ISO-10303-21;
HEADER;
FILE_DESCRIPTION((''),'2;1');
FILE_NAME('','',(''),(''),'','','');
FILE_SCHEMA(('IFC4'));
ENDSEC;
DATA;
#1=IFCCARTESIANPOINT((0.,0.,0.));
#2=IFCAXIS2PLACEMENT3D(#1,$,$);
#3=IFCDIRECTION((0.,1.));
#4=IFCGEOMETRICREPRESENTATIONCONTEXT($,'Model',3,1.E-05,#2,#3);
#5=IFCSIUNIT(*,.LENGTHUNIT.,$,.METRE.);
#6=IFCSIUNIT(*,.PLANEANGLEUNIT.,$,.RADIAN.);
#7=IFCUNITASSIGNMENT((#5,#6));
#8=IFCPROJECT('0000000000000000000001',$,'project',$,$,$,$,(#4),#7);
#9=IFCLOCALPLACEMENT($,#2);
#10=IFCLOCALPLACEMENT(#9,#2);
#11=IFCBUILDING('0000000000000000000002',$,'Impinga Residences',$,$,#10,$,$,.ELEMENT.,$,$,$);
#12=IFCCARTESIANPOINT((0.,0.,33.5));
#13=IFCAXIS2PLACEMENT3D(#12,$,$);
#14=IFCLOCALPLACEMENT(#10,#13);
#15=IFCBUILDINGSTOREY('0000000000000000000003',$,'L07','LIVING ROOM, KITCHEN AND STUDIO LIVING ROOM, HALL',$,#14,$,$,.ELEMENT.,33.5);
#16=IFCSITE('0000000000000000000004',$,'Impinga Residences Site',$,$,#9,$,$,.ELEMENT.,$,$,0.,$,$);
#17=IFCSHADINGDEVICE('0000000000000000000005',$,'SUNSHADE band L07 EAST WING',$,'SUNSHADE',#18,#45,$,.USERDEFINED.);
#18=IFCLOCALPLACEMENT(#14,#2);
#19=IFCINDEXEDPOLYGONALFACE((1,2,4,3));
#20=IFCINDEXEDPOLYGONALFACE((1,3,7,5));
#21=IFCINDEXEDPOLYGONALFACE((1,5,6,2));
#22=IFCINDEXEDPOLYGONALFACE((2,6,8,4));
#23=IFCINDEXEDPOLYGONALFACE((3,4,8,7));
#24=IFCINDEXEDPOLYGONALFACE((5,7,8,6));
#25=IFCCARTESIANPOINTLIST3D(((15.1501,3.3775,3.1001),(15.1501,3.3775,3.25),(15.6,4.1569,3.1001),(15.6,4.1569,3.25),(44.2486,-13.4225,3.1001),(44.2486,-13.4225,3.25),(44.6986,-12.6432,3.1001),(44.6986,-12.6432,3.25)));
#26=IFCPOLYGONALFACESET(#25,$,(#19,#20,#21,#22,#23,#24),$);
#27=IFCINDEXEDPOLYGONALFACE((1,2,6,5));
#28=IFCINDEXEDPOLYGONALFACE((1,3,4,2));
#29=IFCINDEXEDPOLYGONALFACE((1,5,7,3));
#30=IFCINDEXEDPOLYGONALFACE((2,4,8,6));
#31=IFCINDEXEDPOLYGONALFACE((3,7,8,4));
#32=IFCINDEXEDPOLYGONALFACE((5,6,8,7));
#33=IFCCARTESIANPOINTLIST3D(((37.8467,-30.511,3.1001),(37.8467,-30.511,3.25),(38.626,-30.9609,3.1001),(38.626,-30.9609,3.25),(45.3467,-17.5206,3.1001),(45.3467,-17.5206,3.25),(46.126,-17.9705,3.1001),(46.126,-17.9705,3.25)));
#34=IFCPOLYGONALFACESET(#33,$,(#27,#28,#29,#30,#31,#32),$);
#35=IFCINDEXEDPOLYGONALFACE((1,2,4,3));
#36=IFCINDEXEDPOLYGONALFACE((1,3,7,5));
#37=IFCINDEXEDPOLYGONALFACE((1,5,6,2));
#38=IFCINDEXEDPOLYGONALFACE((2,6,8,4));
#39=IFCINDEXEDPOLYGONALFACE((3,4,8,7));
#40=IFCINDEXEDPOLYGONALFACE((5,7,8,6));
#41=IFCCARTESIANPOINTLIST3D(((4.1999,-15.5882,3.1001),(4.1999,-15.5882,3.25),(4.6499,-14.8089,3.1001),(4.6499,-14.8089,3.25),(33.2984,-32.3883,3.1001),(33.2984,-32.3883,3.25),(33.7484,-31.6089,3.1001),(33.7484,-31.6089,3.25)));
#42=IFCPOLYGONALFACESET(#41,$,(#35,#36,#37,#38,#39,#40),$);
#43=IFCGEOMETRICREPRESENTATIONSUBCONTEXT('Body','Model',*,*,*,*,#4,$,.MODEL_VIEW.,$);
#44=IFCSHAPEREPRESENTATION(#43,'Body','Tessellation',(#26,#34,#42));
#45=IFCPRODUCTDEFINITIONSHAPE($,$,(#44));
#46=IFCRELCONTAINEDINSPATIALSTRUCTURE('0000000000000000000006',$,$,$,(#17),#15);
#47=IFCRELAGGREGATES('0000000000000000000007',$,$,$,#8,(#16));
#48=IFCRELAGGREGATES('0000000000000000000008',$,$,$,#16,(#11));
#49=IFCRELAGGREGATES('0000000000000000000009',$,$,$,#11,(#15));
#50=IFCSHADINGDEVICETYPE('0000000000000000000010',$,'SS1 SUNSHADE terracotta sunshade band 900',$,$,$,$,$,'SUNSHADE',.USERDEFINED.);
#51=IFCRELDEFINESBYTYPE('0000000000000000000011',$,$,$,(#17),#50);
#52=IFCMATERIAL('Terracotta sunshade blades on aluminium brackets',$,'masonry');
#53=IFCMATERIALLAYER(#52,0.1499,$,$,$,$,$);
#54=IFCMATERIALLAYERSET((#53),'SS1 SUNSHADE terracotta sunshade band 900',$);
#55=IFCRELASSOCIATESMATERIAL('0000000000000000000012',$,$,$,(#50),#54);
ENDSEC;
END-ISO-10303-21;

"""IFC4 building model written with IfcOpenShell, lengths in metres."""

from ifc_helpers import new_model, si_unit, direction, frame, origin, origin_2d, place, context, subcontext, project, spatial, rectangle, extrude, material, layer, layer_set, type_object, element, save


model = new_model("IFC4")

# Units and contexts
model_context = context("Model", 3, precision=1e-05, world=origin(), true_north=direction((0.0, 1.0)))
body_context = subcontext(model_context, "Body", "Model", "MODEL_VIEW")
ifc_project = project(units=[si_unit("LENGTHUNIT", "METRE"), si_unit("PLANEANGLEUNIT", "RADIAN")], contexts=[model_context])

# Site, building, storey
site_placement = place(None, origin())
site = spatial("IfcSite", under=ifc_project, at=site_placement, Name="Impinga Residences Site", CompositionType="ELEMENT", RefElevation=0.0)
building_placement = place(site_placement, origin())
building = spatial("IfcBuilding", under=site, at=building_placement, Name="Impinga Residences", CompositionType="ELEMENT")
storey_placement = place(building_placement, frame((0.0, 0.0, 33.5)))
storey = spatial("IfcBuildingStorey", under=building, at=storey_placement, Name="L07", Description="LIVING ROOM, KITCHEN AND STUDIO LIVING ROOM, HALL", CompositionType="ELEMENT", Elevation=33.5)

# Shading device
ifc_material_1 = material(Name="Terracotta sunshade blades on aluminium brackets", Category="masonry")
ifc_layer_1 = layer(ifc_material_1, 0.1499)
ifc_layer_set_1 = layer_set([ifc_layer_1], Name="SS1 SUNSHADE terracotta sunshade band 900")
shading_device_type = type_object("IfcShadingDeviceType", Name="SS1 SUNSHADE terracotta sunshade band 900", ElementType="SUNSHADE", PredefinedType="USERDEFINED", material=ifc_layer_set_1)
shading_device_placement = place(storey_placement, frame((29.9243, -4.6328, 3.1001), z_axis=(0.0, 0.0, 1.0), x_axis=(0.866025, -0.5, 0.0)))
element("IfcShadingDevice", 1, at=shading_device_placement, inside=storey, type_object=shading_device_type, Name="SUNSHADE band L07 EAST WING", ObjectType="SUNSHADE", PredefinedType="USERDEFINED", context=body_context, shape_type="SweptSolid", body=[
    extrude(rectangle(XDim=33.6001, YDim=0.8999, at=origin_2d()), origin(), (0.0, 0.0, 1.0), 0.1499),
    extrude(rectangle(XDim=15.0, YDim=0.8999, at=origin_2d()), frame((20.25, -10.95, 0.0), z_axis=(0.0, 0.0, 1.0), x_axis=(0.0, -1.0, 0.0)), (0.0, 0.0, 1.0), 0.1499),
    extrude(rectangle(XDim=33.6001, YDim=0.8999, at=origin_2d()), frame((-0.0002, -21.8999, 0.0), z_axis=(0.0, 0.0, 1.0), x_axis=(-1.0, 0.0, 0.0)), (0.0, 0.0, 1.0), 0.1499),
])

save(model, "model.ifc")
